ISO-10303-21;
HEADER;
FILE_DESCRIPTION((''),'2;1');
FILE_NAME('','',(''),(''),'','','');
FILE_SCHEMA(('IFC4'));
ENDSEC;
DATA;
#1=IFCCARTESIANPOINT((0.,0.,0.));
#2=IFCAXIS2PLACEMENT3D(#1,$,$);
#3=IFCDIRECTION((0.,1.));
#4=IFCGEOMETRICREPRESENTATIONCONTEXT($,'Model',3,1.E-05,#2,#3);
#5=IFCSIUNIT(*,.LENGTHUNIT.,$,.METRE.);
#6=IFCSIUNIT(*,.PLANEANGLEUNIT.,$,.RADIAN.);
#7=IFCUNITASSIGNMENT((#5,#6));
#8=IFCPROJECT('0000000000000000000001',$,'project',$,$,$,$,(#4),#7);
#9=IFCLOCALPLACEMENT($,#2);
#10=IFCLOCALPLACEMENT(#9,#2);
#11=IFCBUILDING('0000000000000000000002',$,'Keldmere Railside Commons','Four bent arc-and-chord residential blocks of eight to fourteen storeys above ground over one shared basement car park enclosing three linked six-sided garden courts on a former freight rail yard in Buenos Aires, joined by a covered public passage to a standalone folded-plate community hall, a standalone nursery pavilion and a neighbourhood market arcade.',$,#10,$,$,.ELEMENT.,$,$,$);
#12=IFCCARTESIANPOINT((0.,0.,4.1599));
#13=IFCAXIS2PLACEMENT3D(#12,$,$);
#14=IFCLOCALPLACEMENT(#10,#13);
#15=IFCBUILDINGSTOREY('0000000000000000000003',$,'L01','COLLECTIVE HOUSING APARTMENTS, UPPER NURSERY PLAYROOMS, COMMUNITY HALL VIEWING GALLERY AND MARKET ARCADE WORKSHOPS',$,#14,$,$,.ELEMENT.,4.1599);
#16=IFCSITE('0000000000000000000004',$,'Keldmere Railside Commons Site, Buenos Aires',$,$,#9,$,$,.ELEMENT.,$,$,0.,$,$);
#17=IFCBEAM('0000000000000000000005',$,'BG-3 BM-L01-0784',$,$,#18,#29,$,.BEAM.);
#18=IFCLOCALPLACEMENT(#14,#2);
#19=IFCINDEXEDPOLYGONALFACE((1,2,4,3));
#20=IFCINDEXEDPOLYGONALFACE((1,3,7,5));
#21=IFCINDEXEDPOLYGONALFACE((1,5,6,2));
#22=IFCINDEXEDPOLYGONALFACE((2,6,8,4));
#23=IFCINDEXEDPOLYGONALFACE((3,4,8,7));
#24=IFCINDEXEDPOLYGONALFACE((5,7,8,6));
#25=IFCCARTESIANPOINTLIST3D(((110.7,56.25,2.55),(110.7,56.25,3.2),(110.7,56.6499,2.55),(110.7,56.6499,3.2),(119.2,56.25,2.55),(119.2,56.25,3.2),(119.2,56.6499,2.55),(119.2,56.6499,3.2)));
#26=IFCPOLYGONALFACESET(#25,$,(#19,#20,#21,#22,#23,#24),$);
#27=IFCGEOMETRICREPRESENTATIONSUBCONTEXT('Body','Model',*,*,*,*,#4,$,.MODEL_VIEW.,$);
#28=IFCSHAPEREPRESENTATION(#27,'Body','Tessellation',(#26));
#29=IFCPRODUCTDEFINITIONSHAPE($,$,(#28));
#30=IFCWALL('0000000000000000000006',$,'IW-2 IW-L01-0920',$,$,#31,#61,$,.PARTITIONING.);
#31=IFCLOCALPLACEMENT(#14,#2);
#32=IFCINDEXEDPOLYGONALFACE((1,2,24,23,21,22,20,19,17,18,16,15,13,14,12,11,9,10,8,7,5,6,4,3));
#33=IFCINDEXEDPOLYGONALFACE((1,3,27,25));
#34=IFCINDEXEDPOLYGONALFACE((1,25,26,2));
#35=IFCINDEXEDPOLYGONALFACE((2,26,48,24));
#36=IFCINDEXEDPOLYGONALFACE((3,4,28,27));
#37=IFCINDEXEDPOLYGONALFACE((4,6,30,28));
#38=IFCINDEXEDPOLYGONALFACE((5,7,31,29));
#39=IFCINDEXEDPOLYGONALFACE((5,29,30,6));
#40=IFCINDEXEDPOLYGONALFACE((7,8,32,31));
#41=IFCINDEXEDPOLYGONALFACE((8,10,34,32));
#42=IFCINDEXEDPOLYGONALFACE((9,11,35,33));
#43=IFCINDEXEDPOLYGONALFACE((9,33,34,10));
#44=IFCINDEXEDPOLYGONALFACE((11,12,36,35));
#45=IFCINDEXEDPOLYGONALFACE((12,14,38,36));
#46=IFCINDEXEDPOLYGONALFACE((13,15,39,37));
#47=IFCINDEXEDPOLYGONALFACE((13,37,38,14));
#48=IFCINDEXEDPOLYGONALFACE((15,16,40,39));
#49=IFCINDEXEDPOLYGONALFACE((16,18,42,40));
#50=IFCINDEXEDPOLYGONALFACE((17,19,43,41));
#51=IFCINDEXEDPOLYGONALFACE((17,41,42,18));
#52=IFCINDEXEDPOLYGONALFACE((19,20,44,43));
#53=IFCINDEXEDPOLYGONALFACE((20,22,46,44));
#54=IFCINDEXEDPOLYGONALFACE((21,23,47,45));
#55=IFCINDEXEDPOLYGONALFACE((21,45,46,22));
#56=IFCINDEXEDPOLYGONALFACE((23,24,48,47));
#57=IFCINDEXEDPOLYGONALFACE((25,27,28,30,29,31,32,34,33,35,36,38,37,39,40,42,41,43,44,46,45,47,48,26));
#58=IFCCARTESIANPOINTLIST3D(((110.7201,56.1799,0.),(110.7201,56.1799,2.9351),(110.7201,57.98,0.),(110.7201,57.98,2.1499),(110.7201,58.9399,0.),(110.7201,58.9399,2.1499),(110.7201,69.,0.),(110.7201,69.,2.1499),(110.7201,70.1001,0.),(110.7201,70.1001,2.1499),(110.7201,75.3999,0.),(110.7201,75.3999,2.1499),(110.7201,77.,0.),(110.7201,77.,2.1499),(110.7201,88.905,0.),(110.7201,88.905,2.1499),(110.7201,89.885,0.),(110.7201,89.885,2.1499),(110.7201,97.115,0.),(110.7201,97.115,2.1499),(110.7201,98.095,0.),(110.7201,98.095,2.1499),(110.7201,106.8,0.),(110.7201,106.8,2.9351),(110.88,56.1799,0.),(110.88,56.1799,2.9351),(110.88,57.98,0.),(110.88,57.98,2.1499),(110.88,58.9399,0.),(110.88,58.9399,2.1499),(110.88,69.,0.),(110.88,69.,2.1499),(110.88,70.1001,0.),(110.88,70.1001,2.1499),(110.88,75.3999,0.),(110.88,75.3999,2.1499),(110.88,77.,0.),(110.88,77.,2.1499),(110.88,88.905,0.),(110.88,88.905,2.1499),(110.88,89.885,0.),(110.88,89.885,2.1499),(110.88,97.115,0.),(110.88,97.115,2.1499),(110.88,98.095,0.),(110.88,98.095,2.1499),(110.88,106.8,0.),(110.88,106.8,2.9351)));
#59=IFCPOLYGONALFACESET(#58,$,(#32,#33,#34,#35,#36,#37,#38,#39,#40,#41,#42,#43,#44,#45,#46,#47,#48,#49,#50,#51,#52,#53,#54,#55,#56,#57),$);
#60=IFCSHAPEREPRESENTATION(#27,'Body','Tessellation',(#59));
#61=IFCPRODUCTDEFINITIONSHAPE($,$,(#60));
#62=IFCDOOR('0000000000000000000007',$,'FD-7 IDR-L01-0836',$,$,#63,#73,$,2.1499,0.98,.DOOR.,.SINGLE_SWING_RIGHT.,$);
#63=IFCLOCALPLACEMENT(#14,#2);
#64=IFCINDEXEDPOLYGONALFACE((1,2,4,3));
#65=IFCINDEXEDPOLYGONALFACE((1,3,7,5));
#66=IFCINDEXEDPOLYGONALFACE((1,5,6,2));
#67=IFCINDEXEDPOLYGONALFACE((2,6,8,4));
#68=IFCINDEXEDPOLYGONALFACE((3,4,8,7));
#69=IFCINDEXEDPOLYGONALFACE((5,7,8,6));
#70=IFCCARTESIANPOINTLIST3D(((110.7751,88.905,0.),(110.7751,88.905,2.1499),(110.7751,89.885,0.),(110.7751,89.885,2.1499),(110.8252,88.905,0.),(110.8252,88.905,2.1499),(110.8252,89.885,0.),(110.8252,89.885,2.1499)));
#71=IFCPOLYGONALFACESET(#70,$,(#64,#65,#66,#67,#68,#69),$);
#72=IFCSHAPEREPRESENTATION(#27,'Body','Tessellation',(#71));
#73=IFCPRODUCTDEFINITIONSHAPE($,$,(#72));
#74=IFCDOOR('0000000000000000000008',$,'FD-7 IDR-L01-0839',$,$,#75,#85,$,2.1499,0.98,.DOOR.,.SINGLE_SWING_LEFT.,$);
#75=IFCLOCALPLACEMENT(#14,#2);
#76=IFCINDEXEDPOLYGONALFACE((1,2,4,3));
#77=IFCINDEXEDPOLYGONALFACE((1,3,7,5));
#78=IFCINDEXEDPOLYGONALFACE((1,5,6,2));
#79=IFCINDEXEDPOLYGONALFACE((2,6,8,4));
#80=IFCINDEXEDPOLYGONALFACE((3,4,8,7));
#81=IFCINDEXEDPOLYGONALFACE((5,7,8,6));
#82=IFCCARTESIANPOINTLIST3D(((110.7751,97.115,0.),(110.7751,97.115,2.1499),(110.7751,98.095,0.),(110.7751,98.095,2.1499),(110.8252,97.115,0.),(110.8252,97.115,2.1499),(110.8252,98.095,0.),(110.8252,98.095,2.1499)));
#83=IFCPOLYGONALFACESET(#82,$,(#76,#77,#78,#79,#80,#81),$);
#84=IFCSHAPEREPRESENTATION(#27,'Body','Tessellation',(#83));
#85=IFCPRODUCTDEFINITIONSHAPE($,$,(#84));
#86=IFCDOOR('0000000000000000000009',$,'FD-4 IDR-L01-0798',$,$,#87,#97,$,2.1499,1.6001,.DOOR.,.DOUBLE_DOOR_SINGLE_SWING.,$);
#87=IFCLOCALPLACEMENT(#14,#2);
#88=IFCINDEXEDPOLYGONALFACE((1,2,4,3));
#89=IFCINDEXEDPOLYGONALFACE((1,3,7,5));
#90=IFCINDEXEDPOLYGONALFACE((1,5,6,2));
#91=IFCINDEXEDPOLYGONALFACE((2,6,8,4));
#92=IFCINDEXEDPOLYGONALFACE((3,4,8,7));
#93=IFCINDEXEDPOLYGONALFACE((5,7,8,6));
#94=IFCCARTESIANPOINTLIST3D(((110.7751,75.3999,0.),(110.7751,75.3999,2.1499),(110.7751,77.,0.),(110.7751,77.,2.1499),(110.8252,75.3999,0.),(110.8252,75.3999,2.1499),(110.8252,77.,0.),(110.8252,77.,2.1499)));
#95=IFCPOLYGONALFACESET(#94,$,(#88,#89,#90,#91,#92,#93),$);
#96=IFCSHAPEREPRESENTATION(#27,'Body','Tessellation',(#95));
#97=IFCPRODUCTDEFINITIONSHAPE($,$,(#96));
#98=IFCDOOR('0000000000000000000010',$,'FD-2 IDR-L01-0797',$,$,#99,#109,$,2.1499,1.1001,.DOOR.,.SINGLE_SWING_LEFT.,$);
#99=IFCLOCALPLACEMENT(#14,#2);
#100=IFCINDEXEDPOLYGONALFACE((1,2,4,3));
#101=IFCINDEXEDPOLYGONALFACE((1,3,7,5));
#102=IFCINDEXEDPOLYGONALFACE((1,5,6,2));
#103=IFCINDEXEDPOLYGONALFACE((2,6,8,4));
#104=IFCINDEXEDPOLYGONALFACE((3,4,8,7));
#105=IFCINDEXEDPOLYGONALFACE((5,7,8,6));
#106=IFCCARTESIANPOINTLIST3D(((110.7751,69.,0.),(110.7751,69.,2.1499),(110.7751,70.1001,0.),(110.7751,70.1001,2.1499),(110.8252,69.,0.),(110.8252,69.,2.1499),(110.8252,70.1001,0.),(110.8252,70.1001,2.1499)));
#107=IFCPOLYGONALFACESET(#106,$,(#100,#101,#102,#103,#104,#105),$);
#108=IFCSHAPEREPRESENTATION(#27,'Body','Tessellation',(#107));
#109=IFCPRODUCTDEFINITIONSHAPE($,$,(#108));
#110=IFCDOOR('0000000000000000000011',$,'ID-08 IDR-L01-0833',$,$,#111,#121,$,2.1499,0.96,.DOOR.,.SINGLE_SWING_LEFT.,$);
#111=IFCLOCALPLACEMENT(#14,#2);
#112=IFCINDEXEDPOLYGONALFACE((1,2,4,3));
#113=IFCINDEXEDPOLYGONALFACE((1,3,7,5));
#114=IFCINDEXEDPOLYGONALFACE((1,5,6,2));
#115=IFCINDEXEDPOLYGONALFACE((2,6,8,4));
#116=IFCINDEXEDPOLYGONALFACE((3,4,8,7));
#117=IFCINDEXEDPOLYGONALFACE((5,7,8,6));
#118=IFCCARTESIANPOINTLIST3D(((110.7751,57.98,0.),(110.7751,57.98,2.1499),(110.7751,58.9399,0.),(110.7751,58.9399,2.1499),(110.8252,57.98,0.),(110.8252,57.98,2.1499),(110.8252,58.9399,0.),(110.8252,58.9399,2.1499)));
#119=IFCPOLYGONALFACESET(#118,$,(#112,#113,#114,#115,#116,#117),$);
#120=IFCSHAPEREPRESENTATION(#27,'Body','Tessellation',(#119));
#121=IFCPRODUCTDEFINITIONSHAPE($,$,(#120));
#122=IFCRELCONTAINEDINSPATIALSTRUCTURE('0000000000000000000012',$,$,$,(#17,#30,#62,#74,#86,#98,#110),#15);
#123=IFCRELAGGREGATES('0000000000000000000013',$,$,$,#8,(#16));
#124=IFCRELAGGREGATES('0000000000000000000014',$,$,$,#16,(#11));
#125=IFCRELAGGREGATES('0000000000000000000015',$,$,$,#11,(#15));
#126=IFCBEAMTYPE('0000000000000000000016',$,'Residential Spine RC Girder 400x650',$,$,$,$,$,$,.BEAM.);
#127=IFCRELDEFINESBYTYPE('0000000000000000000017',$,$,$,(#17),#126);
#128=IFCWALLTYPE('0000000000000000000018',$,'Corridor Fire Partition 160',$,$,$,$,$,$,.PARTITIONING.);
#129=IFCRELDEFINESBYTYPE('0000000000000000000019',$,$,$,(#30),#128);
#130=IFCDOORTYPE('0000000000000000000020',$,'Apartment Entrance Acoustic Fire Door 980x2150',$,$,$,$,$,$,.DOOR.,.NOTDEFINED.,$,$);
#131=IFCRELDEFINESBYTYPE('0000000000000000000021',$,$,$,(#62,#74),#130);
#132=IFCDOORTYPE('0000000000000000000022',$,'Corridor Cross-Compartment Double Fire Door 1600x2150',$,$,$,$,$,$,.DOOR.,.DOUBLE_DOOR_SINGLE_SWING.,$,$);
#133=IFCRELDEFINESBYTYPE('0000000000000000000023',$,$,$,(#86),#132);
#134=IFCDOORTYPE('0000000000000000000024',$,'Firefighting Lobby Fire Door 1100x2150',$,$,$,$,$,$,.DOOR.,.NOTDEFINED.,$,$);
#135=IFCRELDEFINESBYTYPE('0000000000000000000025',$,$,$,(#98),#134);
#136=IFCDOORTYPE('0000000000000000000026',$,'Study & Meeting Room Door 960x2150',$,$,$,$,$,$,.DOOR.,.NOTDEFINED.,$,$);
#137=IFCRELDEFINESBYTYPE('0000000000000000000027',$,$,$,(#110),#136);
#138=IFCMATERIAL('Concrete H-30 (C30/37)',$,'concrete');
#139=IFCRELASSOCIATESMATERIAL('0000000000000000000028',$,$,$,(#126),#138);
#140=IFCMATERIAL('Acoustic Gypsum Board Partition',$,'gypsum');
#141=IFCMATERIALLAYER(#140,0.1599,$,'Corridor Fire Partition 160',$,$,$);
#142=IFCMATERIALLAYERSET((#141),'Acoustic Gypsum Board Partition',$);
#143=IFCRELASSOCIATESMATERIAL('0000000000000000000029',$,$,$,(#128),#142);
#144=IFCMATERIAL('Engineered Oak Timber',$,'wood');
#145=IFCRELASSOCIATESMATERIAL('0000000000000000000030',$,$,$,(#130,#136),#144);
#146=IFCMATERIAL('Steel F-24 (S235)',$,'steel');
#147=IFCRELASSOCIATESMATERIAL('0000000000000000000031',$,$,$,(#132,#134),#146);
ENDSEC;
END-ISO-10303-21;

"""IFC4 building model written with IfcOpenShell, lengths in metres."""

from ifc_helpers import new_model, si_unit, direction, frame, frame_2d, origin, origin_2d, place, context, subcontext, project, spatial, rectangle, extrude, material, layer, layer_set, material_profile, profile_set, type_object, element, fill, save


model = new_model("IFC4")

# Units and contexts
model_context = context("Model", 3, precision=1e-05, world=origin(), true_north=direction((0.0, 1.0)))
body_context = subcontext(model_context, "Body", "Model", "MODEL_VIEW")
ifc_project = project(units=[si_unit("LENGTHUNIT", "METRE"), si_unit("PLANEANGLEUNIT", "RADIAN")], contexts=[model_context])

# Site, building, storey
site_placement = place(None, origin())
site = spatial("IfcSite", under=ifc_project, at=site_placement, Name="Keldmere Railside Commons Site, Buenos Aires", CompositionType="ELEMENT", RefElevation=0.0)
building_placement = place(site_placement, origin())
building = spatial("IfcBuilding", under=site, at=building_placement, Name="Keldmere Railside Commons", Description="Four bent arc-and-chord residential blocks of eight to fourteen storeys above ground over one shared basement car park enclosing three linked six-sided garden courts on a former freight rail yard in Buenos Aires, joined by a covered public passage to a standalone folded-plate community hall, a standalone nursery pavilion and a neighbourhood market arcade.", CompositionType="ELEMENT")
storey_placement = place(building_placement, frame((0.0, 0.0, 4.1599)))
storey = spatial("IfcBuildingStorey", under=building, at=storey_placement, Name="L01", Description="COLLECTIVE HOUSING APARTMENTS, UPPER NURSERY PLAYROOMS, COMMUNITY HALL VIEWING GALLERY AND MARKET ARCADE WORKSHOPS", CompositionType="ELEMENT", Elevation=4.1599)

# Beam
ifc_material_1 = material(Name="Concrete H-30 (C30/37)", Category="concrete")
ifc_material_profile = material_profile(ifc_material_1, rectangle(XDim=0.3999, YDim=0.6499, at=origin_2d()), Name="RC-400x650")
ifc_profile_set = profile_set([ifc_material_profile], Name="Concrete H-30 (C30/37)")
beam_type = type_object("IfcBeamType", Name="Residential Spine RC Girder 400x650", PredefinedType="BEAM", material=ifc_profile_set)
beam_placement = place(storey_placement, frame((110.7, 56.45, 2.875), z_axis=(1.0, 0.0, 0.0), x_axis=(0.0, 1.0, 0.0)))
element("IfcBeam", 1, at=beam_placement, inside=storey, type_object=beam_type, Name="BG-3 BM-L01-0784", PredefinedType="BEAM", context=body_context, shape_type="SweptSolid", body=[
    extrude(rectangle(XDim=0.3999, YDim=0.6499, at=origin_2d()), origin(), (0.0, 0.0, 1.0), 8.5),
])

# Wall, openings, doors
ifc_material_2 = material(Name="Acoustic Gypsum Board Partition", Category="gypsum")
ifc_layer_1 = layer(ifc_material_2, 0.1599, Name="Corridor Fire Partition 160")
ifc_layer_set_1 = layer_set([ifc_layer_1], Name="Acoustic Gypsum Board Partition")
wall_type_1 = type_object("IfcWallType", Name="Corridor Fire Partition 160", PredefinedType="PARTITIONING", material=ifc_layer_set_1)
wall_1_placement = place(storey_placement, frame((110.8, 56.1799, 0.0), z_axis=(0.0, 0.0, 1.0), x_axis=(0.0, 1.0, 0.0)))
wall_1 = element("IfcWall", 2, at=wall_1_placement, inside=storey, type_object=wall_type_1, Name="IW-2 IW-L01-0920", PredefinedType="PARTITIONING", context=body_context, shape_type="SweptSolid", body=[
    extrude(rectangle(XDim=50.6201, YDim=0.1599, at=frame_2d((25.3101, 0.0))), origin(), (0.0, 0.0, 1.0), 2.9351),
])
opening_1_placement = place(wall_1_placement, frame((12.8201, 0.0, 0.0)))
opening_1 = element("IfcOpeningElement", 3, at=opening_1_placement, cuts=wall_1, PredefinedType="OPENING", context=body_context, shape_type="SweptSolid", body=[
    extrude(rectangle(XDim=1.1001, YDim=2.1499, at=frame_2d((0.55, 1.075))), frame((0.0, 0.0898, 0.0), z_axis=(0.0, -1.0, 0.0), x_axis=(1.0, 0.0, 0.0)), (0.0, 0.0, 1.0), 0.1799),
])
opening_2_placement = place(wall_1_placement, frame((19.22, 0.0, 0.0)))
opening_2 = element("IfcOpeningElement", 4, at=opening_2_placement, cuts=wall_1, PredefinedType="OPENING", context=body_context, shape_type="SweptSolid", body=[
    extrude(rectangle(XDim=1.6001, YDim=2.1499, at=frame_2d((0.8, 1.075))), frame((0.0, 0.0898, 0.0), z_axis=(0.0, -1.0, 0.0), x_axis=(1.0, 0.0, 0.0)), (0.0, 0.0, 1.0), 0.1799),
])
opening_3_placement = place(wall_1_placement, frame((1.8, 0.0, 0.0)))
opening_3 = element("IfcOpeningElement", 5, at=opening_3_placement, cuts=wall_1, PredefinedType="OPENING", context=body_context, shape_type="SweptSolid", body=[
    extrude(rectangle(XDim=0.96, YDim=2.1499, at=frame_2d((0.48, 1.075))), frame((0.0, 0.0898, 0.0), z_axis=(0.0, -1.0, 0.0), x_axis=(1.0, 0.0, 0.0)), (0.0, 0.0, 1.0), 0.1799),
])
opening_4_placement = place(wall_1_placement, frame((32.7251, 0.0, 0.0)))
opening_4 = element("IfcOpeningElement", 6, at=opening_4_placement, cuts=wall_1, PredefinedType="OPENING", context=body_context, shape_type="SweptSolid", body=[
    extrude(rectangle(XDim=0.98, YDim=2.1499, at=frame_2d((0.49, 1.075))), frame((0.0, 0.0898, 0.0), z_axis=(0.0, -1.0, 0.0), x_axis=(1.0, 0.0, 0.0)), (0.0, 0.0, 1.0), 0.1799),
])
opening_5_placement = place(wall_1_placement, frame((40.9351, 0.0, 0.0)))
opening_5 = element("IfcOpeningElement", 7, at=opening_5_placement, cuts=wall_1, PredefinedType="OPENING", context=body_context, shape_type="SweptSolid", body=[
    extrude(rectangle(XDim=0.98, YDim=2.1499, at=frame_2d((0.49, 1.075))), frame((0.0, 0.0898, 0.0), z_axis=(0.0, -1.0, 0.0), x_axis=(1.0, 0.0, 0.0)), (0.0, 0.0, 1.0), 0.1799),
])
ifc_material_3 = material(Name="Engineered Oak Timber", Category="wood")
door_type_1 = type_object("IfcDoorType", Name="Apartment Entrance Acoustic Fire Door 980x2150", OperationType="NOTDEFINED", PredefinedType="DOOR", material=ifc_material_3)
door_1_placement = place(opening_4_placement, origin())
door_1 = element("IfcDoor", 8, at=door_1_placement, inside=storey, type_object=door_type_1, Name="FD-7 IDR-L01-0836", OperationType="SINGLE_SWING_RIGHT", OverallHeight=2.1499, OverallWidth=0.98, PredefinedType="DOOR", context=body_context, shape_type="SweptSolid", body=[
    extrude(rectangle(XDim=0.98, YDim=2.1499, at=frame_2d((0.49, 1.075))), frame((0.0, 0.0249, 0.0), z_axis=(0.0, -1.0, 0.0), x_axis=(1.0, 0.0, 0.0)), (0.0, 0.0, 1.0), 0.05),
])
fill(opening_4, door_1)
door_2_placement = place(opening_5_placement, origin())
door_2 = element("IfcDoor", 9, at=door_2_placement, inside=storey, type_object=door_type_1, Name="FD-7 IDR-L01-0839", OperationType="SINGLE_SWING_LEFT", OverallHeight=2.1499, OverallWidth=0.98, PredefinedType="DOOR", context=body_context, shape_type="SweptSolid", body=[
    extrude(rectangle(XDim=0.98, YDim=2.1499, at=frame_2d((0.49, 1.075))), frame((0.0, 0.0249, 0.0), z_axis=(0.0, -1.0, 0.0), x_axis=(1.0, 0.0, 0.0)), (0.0, 0.0, 1.0), 0.05),
])
fill(opening_5, door_2)
ifc_material_4 = material(Name="Steel F-24 (S235)", Category="steel")
door_type_2 = type_object("IfcDoorType", Name="Corridor Cross-Compartment Double Fire Door 1600x2150", OperationType="DOUBLE_DOOR_SINGLE_SWING", PredefinedType="DOOR", material=ifc_material_4)
door_3_placement = place(opening_2_placement, origin())
door_3 = element("IfcDoor", 10, at=door_3_placement, inside=storey, type_object=door_type_2, Name="FD-4 IDR-L01-0798", OperationType="DOUBLE_DOOR_SINGLE_SWING", OverallHeight=2.1499, OverallWidth=1.6001, PredefinedType="DOOR", context=body_context, shape_type="SweptSolid", body=[
    extrude(rectangle(XDim=1.6001, YDim=2.1499, at=frame_2d((0.8, 1.075))), frame((0.0, 0.0249, 0.0), z_axis=(0.0, -1.0, 0.0), x_axis=(1.0, 0.0, 0.0)), (0.0, 0.0, 1.0), 0.05),
])
fill(opening_2, door_3)
door_type_3 = type_object("IfcDoorType", Name="Firefighting Lobby Fire Door 1100x2150", OperationType="NOTDEFINED", PredefinedType="DOOR", material=ifc_material_4)
door_4_placement = place(opening_1_placement, origin())
door_4 = element("IfcDoor", 11, at=door_4_placement, inside=storey, type_object=door_type_3, Name="FD-2 IDR-L01-0797", OperationType="SINGLE_SWING_LEFT", OverallHeight=2.1499, OverallWidth=1.1001, PredefinedType="DOOR", context=body_context, shape_type="SweptSolid", body=[
    extrude(rectangle(XDim=1.1001, YDim=2.1499, at=frame_2d((0.55, 1.075))), frame((0.0, 0.0249, 0.0), z_axis=(0.0, -1.0, 0.0), x_axis=(1.0, 0.0, 0.0)), (0.0, 0.0, 1.0), 0.05),
])
fill(opening_1, door_4)
door_type_4 = type_object("IfcDoorType", Name="Study & Meeting Room Door 960x2150", OperationType="NOTDEFINED", PredefinedType="DOOR", material=ifc_material_3)
door_5_placement = place(opening_3_placement, origin())
door_5 = element("IfcDoor", 12, at=door_5_placement, inside=storey, type_object=door_type_4, Name="ID-08 IDR-L01-0833", OperationType="SINGLE_SWING_LEFT", OverallHeight=2.1499, OverallWidth=0.96, PredefinedType="DOOR", context=body_context, shape_type="SweptSolid", body=[
    extrude(rectangle(XDim=0.96, YDim=2.1499, at=frame_2d((0.48, 1.075))), frame((0.0, 0.0249, 0.0), z_axis=(0.0, -1.0, 0.0), x_axis=(1.0, 0.0, 0.0)), (0.0, 0.0, 1.0), 0.05),
])
fill(opening_3, door_5)

save(model, "model.ifc")
